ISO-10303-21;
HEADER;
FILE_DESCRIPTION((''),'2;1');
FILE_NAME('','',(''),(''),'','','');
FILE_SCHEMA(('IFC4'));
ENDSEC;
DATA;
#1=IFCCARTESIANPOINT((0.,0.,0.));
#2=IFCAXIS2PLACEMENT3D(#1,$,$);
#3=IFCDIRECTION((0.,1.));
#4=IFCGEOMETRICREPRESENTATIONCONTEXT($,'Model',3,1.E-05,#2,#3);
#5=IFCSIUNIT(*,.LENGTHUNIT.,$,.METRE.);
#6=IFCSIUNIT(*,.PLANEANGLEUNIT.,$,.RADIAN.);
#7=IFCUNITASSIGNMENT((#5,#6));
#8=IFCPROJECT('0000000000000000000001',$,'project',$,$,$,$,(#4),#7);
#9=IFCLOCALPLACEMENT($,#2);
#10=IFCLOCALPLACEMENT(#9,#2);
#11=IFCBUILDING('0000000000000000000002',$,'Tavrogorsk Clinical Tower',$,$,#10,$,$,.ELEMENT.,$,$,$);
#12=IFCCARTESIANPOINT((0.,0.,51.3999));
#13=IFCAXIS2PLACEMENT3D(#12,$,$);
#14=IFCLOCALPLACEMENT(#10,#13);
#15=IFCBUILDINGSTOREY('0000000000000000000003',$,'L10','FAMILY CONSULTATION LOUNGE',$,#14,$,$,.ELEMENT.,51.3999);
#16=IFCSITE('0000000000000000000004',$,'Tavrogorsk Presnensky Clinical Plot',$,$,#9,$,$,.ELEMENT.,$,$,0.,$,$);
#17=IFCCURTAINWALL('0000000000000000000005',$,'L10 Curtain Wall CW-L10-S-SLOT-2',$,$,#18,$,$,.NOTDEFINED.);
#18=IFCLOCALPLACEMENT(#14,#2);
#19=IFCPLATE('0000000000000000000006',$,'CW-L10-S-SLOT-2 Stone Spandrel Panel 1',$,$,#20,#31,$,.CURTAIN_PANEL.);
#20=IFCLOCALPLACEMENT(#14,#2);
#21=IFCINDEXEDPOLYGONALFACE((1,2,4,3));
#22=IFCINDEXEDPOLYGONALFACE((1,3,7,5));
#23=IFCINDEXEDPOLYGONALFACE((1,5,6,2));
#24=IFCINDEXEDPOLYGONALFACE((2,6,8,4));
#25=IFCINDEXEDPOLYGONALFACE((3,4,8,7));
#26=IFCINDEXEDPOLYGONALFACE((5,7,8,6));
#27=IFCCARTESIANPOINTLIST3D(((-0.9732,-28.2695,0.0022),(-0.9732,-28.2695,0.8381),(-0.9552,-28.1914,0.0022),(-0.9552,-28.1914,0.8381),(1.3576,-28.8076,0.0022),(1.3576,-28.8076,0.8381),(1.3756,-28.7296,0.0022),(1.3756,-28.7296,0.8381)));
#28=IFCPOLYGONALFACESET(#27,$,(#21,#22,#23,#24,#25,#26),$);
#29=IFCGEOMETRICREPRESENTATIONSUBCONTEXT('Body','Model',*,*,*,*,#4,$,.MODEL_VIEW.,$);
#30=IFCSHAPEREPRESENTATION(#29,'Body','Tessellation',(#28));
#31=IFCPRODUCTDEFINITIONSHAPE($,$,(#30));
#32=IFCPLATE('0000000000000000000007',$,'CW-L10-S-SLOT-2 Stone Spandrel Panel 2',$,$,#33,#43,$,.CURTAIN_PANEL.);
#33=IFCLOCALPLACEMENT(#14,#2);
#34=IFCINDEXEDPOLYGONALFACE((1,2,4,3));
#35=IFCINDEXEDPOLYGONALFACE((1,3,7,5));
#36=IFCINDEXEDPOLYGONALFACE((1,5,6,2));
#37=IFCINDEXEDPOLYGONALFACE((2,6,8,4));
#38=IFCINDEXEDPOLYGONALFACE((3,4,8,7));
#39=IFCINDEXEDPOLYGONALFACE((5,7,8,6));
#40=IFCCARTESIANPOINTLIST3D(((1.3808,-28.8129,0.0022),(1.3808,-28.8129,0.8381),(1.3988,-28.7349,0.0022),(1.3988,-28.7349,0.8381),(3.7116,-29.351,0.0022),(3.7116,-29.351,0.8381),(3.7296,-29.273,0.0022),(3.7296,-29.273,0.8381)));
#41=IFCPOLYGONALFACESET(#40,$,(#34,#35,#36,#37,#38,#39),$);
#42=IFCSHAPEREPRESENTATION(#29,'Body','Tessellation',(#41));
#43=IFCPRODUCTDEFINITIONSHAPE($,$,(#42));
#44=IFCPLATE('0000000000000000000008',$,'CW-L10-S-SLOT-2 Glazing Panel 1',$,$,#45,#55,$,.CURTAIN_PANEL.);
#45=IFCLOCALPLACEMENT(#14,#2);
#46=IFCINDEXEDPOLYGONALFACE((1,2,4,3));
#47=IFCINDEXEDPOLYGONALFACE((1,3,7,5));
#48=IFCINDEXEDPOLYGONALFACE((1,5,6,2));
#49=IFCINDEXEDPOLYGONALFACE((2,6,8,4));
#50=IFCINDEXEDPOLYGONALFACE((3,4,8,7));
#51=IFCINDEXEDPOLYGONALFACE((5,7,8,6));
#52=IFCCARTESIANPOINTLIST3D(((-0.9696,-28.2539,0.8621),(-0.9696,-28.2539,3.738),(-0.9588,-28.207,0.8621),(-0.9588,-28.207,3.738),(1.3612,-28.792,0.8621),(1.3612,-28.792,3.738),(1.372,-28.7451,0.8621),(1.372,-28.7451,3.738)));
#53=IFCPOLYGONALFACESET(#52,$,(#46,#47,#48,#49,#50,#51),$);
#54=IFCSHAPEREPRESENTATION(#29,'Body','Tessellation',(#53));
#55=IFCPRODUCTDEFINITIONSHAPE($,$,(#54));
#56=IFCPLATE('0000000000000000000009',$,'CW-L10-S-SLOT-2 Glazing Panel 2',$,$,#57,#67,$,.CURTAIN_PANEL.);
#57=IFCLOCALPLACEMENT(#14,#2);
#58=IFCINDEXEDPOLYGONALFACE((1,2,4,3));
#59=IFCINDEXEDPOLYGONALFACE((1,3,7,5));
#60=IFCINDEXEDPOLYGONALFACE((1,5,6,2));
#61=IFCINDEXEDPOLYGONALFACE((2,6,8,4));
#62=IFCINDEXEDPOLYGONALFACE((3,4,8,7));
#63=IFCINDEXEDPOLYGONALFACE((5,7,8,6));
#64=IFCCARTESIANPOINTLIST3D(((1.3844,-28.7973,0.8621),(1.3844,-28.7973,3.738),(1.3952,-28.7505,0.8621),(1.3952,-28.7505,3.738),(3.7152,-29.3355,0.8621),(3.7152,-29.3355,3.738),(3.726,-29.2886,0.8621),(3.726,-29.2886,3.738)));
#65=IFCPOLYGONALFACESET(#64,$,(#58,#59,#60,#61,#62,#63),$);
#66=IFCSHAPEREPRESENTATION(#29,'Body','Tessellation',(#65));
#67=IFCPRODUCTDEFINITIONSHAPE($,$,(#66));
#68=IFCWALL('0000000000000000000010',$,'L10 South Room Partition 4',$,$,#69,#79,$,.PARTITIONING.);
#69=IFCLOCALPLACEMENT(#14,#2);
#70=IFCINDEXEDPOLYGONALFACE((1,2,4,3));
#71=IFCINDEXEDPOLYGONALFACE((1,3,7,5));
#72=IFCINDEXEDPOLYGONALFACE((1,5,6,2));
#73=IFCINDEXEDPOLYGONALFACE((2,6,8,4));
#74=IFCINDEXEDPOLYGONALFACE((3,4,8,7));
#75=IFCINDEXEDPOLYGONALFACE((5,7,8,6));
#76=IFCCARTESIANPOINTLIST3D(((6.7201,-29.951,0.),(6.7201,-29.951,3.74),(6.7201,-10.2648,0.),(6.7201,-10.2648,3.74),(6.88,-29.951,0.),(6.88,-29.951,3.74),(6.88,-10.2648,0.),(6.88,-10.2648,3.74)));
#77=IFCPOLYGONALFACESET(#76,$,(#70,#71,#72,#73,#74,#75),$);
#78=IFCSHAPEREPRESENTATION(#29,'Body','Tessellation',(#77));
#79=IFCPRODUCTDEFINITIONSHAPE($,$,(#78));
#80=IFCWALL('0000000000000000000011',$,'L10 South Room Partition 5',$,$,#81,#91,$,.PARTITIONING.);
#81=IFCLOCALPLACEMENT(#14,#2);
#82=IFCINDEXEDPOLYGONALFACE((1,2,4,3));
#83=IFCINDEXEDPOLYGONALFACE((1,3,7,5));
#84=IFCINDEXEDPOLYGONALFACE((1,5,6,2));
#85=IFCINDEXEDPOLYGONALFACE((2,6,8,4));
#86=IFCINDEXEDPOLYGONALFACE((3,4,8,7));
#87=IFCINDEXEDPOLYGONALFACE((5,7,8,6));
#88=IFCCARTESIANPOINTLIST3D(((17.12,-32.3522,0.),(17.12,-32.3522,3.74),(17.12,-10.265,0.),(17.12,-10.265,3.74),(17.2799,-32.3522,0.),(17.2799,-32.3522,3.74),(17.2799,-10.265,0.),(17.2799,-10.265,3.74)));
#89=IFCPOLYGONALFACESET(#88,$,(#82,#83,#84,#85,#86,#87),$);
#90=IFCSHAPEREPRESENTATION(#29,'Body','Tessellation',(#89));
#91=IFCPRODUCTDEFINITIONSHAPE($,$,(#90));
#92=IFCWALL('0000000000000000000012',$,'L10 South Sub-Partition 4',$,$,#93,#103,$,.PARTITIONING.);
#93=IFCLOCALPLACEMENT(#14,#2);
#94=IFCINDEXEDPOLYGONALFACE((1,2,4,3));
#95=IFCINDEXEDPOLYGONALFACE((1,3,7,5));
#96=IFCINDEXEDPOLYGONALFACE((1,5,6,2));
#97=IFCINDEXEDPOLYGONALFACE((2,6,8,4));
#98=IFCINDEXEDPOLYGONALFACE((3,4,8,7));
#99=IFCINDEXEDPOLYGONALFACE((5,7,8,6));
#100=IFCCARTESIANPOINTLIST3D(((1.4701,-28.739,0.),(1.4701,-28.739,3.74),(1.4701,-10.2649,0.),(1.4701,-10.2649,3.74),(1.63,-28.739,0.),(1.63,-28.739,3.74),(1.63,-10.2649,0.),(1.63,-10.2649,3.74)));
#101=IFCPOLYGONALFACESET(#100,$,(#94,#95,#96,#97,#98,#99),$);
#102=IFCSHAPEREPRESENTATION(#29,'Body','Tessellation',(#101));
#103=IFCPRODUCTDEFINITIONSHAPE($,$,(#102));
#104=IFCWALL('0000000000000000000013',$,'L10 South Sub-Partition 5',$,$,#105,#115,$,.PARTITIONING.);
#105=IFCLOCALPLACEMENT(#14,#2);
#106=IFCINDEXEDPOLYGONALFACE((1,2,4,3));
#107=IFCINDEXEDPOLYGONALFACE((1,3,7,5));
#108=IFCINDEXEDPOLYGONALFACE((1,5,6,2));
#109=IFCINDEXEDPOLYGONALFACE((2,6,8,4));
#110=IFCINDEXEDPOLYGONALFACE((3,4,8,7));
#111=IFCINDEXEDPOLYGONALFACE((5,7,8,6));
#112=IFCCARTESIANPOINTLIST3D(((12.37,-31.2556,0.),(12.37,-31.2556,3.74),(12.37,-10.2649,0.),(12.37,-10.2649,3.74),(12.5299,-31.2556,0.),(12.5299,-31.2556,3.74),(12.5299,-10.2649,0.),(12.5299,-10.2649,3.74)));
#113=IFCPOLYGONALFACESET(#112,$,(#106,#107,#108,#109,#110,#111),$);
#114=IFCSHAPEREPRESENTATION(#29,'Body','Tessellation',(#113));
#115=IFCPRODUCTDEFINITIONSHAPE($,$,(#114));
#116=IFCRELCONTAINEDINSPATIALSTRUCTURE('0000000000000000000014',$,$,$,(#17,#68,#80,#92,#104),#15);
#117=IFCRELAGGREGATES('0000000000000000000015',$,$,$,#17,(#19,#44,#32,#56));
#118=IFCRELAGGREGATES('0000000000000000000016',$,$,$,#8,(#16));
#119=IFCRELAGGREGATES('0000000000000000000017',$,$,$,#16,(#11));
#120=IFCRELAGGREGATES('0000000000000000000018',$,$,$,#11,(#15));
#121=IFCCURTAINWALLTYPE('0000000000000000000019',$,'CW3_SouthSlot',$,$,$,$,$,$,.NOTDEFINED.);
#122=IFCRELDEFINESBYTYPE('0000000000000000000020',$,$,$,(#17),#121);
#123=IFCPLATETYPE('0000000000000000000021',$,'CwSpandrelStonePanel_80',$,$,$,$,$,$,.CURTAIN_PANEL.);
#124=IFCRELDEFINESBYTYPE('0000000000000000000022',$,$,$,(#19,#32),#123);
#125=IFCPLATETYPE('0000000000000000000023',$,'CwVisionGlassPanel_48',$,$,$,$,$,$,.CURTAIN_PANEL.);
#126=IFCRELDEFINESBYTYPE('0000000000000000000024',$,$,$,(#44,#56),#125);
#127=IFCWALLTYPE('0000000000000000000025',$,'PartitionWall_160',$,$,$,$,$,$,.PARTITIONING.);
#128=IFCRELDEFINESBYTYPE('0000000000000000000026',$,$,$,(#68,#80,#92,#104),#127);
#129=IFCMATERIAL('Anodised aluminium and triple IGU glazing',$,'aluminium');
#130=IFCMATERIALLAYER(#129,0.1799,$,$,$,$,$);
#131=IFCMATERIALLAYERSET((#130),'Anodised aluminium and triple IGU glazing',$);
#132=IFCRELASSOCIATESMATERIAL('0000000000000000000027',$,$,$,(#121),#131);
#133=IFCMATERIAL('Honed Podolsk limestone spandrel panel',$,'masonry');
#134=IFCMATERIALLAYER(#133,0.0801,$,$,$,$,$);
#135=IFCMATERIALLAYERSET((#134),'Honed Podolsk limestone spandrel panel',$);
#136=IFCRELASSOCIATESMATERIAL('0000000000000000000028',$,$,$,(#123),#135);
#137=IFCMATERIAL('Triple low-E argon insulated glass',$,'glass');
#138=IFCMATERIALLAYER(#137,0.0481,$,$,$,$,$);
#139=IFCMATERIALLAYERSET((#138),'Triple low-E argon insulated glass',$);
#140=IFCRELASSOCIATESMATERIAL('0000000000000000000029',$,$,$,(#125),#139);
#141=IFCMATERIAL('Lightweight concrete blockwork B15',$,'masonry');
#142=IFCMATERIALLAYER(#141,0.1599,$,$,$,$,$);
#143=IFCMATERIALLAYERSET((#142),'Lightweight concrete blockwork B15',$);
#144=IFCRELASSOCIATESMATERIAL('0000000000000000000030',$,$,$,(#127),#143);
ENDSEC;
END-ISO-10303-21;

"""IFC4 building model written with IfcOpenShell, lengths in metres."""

from ifc_helpers import new_model, si_unit, direction, frame, frame_2d, origin, origin_2d, place, context, subcontext, project, spatial, rectangle, extrude, material, layer, layer_set, type_object, element, aggregate, save


model = new_model("IFC4")

# Units and contexts
model_context = context("Model", 3, precision=1e-05, world=origin(), true_north=direction((0.0, 1.0)))
body_context = subcontext(model_context, "Body", "Model", "MODEL_VIEW")
ifc_project = project(units=[si_unit("LENGTHUNIT", "METRE"), si_unit("PLANEANGLEUNIT", "RADIAN")], contexts=[model_context])

# Site, building, storey
site_placement = place(None, origin())
site = spatial("IfcSite", under=ifc_project, at=site_placement, Name="Tavrogorsk Presnensky Clinical Plot", CompositionType="ELEMENT", RefElevation=0.0)
building_placement = place(site_placement, origin())
building = spatial("IfcBuilding", under=site, at=building_placement, Name="Tavrogorsk Clinical Tower", CompositionType="ELEMENT")
storey_placement = place(building_placement, frame((0.0, 0.0, 51.3999)))
storey = spatial("IfcBuildingStorey", under=building, at=storey_placement, Name="L10", Description="FAMILY CONSULTATION LOUNGE", CompositionType="ELEMENT", Elevation=51.3999)

# Curtain wall
ifc_material_1 = material(Name="Anodised aluminium and triple IGU glazing", Category="aluminium")
ifc_layer_1 = layer(ifc_material_1, 0.1799)
ifc_layer_set_1 = layer_set([ifc_layer_1], Name="Anodised aluminium and triple IGU glazing")
curtain_wall_type = type_object("IfcCurtainWallType", Name="CW3_SouthSlot", PredefinedType="NOTDEFINED", material=ifc_layer_set_1)
curtain_wall_placement = place(storey_placement, origin())
curtain_wall = element("IfcCurtainWall", 1, at=curtain_wall_placement, inside=storey, type_object=curtain_wall_type, Name="L10 Curtain Wall CW-L10-S-SLOT-2", PredefinedType="NOTDEFINED")

# Plates
ifc_material_2 = material(Name="Honed Podolsk limestone spandrel panel", Category="masonry")
ifc_layer_2 = layer(ifc_material_2, 0.0801)
ifc_layer_set_2 = layer_set([ifc_layer_2], Name="Honed Podolsk limestone spandrel panel")
plate_type_1 = type_object("IfcPlateType", Name="CwSpandrelStonePanel_80", PredefinedType="CURTAIN_PANEL", material=ifc_layer_set_2)
plate_1_placement = place(storey_placement, frame((0.2012, -28.4995, 0.0022), z_axis=(0.0, 0.0, 1.0), x_axis=(0.97437, -0.224951, 0.0)))
plate_1 = element("IfcPlate", 2, at=plate_1_placement, type_object=plate_type_1, Name="CW-L10-S-SLOT-2 Stone Spandrel Panel 1", PredefinedType="CURTAIN_PANEL", context=body_context, shape_type="SweptSolid", body=[
    extrude(rectangle(XDim=2.3921, YDim=0.0801, at=origin_2d()), origin(), (0.0, 0.0, 1.0), 0.8359),
])
plate_2_placement = place(storey_placement, frame((2.5552, -29.043, 0.0022), z_axis=(0.0, 0.0, 1.0), x_axis=(0.97437, -0.224951, 0.0)))
plate_2 = element("IfcPlate", 3, at=plate_2_placement, type_object=plate_type_1, Name="CW-L10-S-SLOT-2 Stone Spandrel Panel 2", PredefinedType="CURTAIN_PANEL", context=body_context, shape_type="SweptSolid", body=[
    extrude(rectangle(XDim=2.3921, YDim=0.0801, at=origin_2d()), origin(), (0.0, 0.0, 1.0), 0.8359),
])
ifc_material_3 = material(Name="Triple low-E argon insulated glass", Category="glass")
ifc_layer_3 = layer(ifc_material_3, 0.0481)
ifc_layer_set_3 = layer_set([ifc_layer_3], Name="Triple low-E argon insulated glass")
plate_type_2 = type_object("IfcPlateType", Name="CwVisionGlassPanel_48", PredefinedType="CURTAIN_PANEL", material=ifc_layer_set_3)
plate_3_placement = place(storey_placement, frame((0.2012, -28.4995, 0.8621), z_axis=(0.0, 0.0, 1.0), x_axis=(0.97437, -0.224951, 0.0)))
plate_3 = element("IfcPlate", 4, at=plate_3_placement, type_object=plate_type_2, Name="CW-L10-S-SLOT-2 Glazing Panel 1", PredefinedType="CURTAIN_PANEL", context=body_context, shape_type="SweptSolid", body=[
    extrude(rectangle(XDim=2.3921, YDim=0.0481, at=origin_2d()), origin(), (0.0, 0.0, 1.0), 2.876),
])
plate_4_placement = place(storey_placement, frame((2.5552, -29.043, 0.8621), z_axis=(0.0, 0.0, 1.0), x_axis=(0.97437, -0.224951, 0.0)))
plate_4 = element("IfcPlate", 5, at=plate_4_placement, type_object=plate_type_2, Name="CW-L10-S-SLOT-2 Glazing Panel 2", PredefinedType="CURTAIN_PANEL", context=body_context, shape_type="SweptSolid", body=[
    extrude(rectangle(XDim=2.3921, YDim=0.0481, at=origin_2d()), origin(), (0.0, 0.0, 1.0), 2.876),
])
aggregate(curtain_wall, [plate_1, plate_3, plate_2, plate_4])

# Walls
ifc_material_4 = material(Name="Lightweight concrete blockwork B15", Category="masonry")
ifc_layer_4 = layer(ifc_material_4, 0.1599)
ifc_layer_set_4 = layer_set([ifc_layer_4], Name="Lightweight concrete blockwork B15")
wall_type_1 = type_object("IfcWallType", Name="PartitionWall_160", PredefinedType="PARTITIONING", material=ifc_layer_set_4)
wall_1_placement = place(storey_placement, frame((6.8, -29.9512, 0.0), z_axis=(0.0, 0.0, 1.0), x_axis=(0.0, 1.0, 0.0)))
element("IfcWall", 6, at=wall_1_placement, inside=storey, type_object=wall_type_1, Name="L10 South Room Partition 4", PredefinedType="PARTITIONING", context=body_context, shape_type="SweptSolid", body=[
    extrude(rectangle(XDim=19.6863, YDim=0.1599, at=frame_2d((9.8433, 0.0))), origin(), (0.0, 0.0, 1.0), 3.74),
])
wall_2_placement = place(storey_placement, frame((17.2, -32.3521, 0.0), z_axis=(0.0, 0.0, 1.0), x_axis=(0.0, 1.0, 0.0)))
element("IfcWall", 7, at=wall_2_placement, inside=storey, type_object=wall_type_1, Name="L10 South Room Partition 5", PredefinedType="PARTITIONING", context=body_context, shape_type="SweptSolid", body=[
    extrude(rectangle(XDim=22.0872, YDim=0.1599, at=frame_2d((11.0435, 0.0))), origin(), (0.0, 0.0, 1.0), 3.74),
])
wall_3_placement = place(storey_placement, frame((1.55, -28.739, 0.0), z_axis=(0.0, 0.0, 1.0), x_axis=(0.0, 1.0, 0.0)))
element("IfcWall", 8, at=wall_3_placement, inside=storey, type_object=wall_type_1, Name="L10 South Sub-Partition 4", PredefinedType="PARTITIONING", context=body_context, shape_type="SweptSolid", body=[
    extrude(rectangle(XDim=18.4741, YDim=0.1599, at=frame_2d((9.2371, 0.0))), origin(), (0.0, 0.0, 1.0), 3.74),
])
wall_4_placement = place(storey_placement, frame((12.45, -31.2556, 0.0), z_axis=(0.0, 0.0, 1.0), x_axis=(0.0, 1.0, 0.0)))
element("IfcWall", 9, at=wall_4_placement, inside=storey, type_object=wall_type_1, Name="L10 South Sub-Partition 5", PredefinedType="PARTITIONING", context=body_context, shape_type="SweptSolid", body=[
    extrude(rectangle(XDim=20.9907, YDim=0.1599, at=frame_2d((10.4954, 0.0))), origin(), (0.0, 0.0, 1.0), 3.74),
])

save(model, "model.ifc")
